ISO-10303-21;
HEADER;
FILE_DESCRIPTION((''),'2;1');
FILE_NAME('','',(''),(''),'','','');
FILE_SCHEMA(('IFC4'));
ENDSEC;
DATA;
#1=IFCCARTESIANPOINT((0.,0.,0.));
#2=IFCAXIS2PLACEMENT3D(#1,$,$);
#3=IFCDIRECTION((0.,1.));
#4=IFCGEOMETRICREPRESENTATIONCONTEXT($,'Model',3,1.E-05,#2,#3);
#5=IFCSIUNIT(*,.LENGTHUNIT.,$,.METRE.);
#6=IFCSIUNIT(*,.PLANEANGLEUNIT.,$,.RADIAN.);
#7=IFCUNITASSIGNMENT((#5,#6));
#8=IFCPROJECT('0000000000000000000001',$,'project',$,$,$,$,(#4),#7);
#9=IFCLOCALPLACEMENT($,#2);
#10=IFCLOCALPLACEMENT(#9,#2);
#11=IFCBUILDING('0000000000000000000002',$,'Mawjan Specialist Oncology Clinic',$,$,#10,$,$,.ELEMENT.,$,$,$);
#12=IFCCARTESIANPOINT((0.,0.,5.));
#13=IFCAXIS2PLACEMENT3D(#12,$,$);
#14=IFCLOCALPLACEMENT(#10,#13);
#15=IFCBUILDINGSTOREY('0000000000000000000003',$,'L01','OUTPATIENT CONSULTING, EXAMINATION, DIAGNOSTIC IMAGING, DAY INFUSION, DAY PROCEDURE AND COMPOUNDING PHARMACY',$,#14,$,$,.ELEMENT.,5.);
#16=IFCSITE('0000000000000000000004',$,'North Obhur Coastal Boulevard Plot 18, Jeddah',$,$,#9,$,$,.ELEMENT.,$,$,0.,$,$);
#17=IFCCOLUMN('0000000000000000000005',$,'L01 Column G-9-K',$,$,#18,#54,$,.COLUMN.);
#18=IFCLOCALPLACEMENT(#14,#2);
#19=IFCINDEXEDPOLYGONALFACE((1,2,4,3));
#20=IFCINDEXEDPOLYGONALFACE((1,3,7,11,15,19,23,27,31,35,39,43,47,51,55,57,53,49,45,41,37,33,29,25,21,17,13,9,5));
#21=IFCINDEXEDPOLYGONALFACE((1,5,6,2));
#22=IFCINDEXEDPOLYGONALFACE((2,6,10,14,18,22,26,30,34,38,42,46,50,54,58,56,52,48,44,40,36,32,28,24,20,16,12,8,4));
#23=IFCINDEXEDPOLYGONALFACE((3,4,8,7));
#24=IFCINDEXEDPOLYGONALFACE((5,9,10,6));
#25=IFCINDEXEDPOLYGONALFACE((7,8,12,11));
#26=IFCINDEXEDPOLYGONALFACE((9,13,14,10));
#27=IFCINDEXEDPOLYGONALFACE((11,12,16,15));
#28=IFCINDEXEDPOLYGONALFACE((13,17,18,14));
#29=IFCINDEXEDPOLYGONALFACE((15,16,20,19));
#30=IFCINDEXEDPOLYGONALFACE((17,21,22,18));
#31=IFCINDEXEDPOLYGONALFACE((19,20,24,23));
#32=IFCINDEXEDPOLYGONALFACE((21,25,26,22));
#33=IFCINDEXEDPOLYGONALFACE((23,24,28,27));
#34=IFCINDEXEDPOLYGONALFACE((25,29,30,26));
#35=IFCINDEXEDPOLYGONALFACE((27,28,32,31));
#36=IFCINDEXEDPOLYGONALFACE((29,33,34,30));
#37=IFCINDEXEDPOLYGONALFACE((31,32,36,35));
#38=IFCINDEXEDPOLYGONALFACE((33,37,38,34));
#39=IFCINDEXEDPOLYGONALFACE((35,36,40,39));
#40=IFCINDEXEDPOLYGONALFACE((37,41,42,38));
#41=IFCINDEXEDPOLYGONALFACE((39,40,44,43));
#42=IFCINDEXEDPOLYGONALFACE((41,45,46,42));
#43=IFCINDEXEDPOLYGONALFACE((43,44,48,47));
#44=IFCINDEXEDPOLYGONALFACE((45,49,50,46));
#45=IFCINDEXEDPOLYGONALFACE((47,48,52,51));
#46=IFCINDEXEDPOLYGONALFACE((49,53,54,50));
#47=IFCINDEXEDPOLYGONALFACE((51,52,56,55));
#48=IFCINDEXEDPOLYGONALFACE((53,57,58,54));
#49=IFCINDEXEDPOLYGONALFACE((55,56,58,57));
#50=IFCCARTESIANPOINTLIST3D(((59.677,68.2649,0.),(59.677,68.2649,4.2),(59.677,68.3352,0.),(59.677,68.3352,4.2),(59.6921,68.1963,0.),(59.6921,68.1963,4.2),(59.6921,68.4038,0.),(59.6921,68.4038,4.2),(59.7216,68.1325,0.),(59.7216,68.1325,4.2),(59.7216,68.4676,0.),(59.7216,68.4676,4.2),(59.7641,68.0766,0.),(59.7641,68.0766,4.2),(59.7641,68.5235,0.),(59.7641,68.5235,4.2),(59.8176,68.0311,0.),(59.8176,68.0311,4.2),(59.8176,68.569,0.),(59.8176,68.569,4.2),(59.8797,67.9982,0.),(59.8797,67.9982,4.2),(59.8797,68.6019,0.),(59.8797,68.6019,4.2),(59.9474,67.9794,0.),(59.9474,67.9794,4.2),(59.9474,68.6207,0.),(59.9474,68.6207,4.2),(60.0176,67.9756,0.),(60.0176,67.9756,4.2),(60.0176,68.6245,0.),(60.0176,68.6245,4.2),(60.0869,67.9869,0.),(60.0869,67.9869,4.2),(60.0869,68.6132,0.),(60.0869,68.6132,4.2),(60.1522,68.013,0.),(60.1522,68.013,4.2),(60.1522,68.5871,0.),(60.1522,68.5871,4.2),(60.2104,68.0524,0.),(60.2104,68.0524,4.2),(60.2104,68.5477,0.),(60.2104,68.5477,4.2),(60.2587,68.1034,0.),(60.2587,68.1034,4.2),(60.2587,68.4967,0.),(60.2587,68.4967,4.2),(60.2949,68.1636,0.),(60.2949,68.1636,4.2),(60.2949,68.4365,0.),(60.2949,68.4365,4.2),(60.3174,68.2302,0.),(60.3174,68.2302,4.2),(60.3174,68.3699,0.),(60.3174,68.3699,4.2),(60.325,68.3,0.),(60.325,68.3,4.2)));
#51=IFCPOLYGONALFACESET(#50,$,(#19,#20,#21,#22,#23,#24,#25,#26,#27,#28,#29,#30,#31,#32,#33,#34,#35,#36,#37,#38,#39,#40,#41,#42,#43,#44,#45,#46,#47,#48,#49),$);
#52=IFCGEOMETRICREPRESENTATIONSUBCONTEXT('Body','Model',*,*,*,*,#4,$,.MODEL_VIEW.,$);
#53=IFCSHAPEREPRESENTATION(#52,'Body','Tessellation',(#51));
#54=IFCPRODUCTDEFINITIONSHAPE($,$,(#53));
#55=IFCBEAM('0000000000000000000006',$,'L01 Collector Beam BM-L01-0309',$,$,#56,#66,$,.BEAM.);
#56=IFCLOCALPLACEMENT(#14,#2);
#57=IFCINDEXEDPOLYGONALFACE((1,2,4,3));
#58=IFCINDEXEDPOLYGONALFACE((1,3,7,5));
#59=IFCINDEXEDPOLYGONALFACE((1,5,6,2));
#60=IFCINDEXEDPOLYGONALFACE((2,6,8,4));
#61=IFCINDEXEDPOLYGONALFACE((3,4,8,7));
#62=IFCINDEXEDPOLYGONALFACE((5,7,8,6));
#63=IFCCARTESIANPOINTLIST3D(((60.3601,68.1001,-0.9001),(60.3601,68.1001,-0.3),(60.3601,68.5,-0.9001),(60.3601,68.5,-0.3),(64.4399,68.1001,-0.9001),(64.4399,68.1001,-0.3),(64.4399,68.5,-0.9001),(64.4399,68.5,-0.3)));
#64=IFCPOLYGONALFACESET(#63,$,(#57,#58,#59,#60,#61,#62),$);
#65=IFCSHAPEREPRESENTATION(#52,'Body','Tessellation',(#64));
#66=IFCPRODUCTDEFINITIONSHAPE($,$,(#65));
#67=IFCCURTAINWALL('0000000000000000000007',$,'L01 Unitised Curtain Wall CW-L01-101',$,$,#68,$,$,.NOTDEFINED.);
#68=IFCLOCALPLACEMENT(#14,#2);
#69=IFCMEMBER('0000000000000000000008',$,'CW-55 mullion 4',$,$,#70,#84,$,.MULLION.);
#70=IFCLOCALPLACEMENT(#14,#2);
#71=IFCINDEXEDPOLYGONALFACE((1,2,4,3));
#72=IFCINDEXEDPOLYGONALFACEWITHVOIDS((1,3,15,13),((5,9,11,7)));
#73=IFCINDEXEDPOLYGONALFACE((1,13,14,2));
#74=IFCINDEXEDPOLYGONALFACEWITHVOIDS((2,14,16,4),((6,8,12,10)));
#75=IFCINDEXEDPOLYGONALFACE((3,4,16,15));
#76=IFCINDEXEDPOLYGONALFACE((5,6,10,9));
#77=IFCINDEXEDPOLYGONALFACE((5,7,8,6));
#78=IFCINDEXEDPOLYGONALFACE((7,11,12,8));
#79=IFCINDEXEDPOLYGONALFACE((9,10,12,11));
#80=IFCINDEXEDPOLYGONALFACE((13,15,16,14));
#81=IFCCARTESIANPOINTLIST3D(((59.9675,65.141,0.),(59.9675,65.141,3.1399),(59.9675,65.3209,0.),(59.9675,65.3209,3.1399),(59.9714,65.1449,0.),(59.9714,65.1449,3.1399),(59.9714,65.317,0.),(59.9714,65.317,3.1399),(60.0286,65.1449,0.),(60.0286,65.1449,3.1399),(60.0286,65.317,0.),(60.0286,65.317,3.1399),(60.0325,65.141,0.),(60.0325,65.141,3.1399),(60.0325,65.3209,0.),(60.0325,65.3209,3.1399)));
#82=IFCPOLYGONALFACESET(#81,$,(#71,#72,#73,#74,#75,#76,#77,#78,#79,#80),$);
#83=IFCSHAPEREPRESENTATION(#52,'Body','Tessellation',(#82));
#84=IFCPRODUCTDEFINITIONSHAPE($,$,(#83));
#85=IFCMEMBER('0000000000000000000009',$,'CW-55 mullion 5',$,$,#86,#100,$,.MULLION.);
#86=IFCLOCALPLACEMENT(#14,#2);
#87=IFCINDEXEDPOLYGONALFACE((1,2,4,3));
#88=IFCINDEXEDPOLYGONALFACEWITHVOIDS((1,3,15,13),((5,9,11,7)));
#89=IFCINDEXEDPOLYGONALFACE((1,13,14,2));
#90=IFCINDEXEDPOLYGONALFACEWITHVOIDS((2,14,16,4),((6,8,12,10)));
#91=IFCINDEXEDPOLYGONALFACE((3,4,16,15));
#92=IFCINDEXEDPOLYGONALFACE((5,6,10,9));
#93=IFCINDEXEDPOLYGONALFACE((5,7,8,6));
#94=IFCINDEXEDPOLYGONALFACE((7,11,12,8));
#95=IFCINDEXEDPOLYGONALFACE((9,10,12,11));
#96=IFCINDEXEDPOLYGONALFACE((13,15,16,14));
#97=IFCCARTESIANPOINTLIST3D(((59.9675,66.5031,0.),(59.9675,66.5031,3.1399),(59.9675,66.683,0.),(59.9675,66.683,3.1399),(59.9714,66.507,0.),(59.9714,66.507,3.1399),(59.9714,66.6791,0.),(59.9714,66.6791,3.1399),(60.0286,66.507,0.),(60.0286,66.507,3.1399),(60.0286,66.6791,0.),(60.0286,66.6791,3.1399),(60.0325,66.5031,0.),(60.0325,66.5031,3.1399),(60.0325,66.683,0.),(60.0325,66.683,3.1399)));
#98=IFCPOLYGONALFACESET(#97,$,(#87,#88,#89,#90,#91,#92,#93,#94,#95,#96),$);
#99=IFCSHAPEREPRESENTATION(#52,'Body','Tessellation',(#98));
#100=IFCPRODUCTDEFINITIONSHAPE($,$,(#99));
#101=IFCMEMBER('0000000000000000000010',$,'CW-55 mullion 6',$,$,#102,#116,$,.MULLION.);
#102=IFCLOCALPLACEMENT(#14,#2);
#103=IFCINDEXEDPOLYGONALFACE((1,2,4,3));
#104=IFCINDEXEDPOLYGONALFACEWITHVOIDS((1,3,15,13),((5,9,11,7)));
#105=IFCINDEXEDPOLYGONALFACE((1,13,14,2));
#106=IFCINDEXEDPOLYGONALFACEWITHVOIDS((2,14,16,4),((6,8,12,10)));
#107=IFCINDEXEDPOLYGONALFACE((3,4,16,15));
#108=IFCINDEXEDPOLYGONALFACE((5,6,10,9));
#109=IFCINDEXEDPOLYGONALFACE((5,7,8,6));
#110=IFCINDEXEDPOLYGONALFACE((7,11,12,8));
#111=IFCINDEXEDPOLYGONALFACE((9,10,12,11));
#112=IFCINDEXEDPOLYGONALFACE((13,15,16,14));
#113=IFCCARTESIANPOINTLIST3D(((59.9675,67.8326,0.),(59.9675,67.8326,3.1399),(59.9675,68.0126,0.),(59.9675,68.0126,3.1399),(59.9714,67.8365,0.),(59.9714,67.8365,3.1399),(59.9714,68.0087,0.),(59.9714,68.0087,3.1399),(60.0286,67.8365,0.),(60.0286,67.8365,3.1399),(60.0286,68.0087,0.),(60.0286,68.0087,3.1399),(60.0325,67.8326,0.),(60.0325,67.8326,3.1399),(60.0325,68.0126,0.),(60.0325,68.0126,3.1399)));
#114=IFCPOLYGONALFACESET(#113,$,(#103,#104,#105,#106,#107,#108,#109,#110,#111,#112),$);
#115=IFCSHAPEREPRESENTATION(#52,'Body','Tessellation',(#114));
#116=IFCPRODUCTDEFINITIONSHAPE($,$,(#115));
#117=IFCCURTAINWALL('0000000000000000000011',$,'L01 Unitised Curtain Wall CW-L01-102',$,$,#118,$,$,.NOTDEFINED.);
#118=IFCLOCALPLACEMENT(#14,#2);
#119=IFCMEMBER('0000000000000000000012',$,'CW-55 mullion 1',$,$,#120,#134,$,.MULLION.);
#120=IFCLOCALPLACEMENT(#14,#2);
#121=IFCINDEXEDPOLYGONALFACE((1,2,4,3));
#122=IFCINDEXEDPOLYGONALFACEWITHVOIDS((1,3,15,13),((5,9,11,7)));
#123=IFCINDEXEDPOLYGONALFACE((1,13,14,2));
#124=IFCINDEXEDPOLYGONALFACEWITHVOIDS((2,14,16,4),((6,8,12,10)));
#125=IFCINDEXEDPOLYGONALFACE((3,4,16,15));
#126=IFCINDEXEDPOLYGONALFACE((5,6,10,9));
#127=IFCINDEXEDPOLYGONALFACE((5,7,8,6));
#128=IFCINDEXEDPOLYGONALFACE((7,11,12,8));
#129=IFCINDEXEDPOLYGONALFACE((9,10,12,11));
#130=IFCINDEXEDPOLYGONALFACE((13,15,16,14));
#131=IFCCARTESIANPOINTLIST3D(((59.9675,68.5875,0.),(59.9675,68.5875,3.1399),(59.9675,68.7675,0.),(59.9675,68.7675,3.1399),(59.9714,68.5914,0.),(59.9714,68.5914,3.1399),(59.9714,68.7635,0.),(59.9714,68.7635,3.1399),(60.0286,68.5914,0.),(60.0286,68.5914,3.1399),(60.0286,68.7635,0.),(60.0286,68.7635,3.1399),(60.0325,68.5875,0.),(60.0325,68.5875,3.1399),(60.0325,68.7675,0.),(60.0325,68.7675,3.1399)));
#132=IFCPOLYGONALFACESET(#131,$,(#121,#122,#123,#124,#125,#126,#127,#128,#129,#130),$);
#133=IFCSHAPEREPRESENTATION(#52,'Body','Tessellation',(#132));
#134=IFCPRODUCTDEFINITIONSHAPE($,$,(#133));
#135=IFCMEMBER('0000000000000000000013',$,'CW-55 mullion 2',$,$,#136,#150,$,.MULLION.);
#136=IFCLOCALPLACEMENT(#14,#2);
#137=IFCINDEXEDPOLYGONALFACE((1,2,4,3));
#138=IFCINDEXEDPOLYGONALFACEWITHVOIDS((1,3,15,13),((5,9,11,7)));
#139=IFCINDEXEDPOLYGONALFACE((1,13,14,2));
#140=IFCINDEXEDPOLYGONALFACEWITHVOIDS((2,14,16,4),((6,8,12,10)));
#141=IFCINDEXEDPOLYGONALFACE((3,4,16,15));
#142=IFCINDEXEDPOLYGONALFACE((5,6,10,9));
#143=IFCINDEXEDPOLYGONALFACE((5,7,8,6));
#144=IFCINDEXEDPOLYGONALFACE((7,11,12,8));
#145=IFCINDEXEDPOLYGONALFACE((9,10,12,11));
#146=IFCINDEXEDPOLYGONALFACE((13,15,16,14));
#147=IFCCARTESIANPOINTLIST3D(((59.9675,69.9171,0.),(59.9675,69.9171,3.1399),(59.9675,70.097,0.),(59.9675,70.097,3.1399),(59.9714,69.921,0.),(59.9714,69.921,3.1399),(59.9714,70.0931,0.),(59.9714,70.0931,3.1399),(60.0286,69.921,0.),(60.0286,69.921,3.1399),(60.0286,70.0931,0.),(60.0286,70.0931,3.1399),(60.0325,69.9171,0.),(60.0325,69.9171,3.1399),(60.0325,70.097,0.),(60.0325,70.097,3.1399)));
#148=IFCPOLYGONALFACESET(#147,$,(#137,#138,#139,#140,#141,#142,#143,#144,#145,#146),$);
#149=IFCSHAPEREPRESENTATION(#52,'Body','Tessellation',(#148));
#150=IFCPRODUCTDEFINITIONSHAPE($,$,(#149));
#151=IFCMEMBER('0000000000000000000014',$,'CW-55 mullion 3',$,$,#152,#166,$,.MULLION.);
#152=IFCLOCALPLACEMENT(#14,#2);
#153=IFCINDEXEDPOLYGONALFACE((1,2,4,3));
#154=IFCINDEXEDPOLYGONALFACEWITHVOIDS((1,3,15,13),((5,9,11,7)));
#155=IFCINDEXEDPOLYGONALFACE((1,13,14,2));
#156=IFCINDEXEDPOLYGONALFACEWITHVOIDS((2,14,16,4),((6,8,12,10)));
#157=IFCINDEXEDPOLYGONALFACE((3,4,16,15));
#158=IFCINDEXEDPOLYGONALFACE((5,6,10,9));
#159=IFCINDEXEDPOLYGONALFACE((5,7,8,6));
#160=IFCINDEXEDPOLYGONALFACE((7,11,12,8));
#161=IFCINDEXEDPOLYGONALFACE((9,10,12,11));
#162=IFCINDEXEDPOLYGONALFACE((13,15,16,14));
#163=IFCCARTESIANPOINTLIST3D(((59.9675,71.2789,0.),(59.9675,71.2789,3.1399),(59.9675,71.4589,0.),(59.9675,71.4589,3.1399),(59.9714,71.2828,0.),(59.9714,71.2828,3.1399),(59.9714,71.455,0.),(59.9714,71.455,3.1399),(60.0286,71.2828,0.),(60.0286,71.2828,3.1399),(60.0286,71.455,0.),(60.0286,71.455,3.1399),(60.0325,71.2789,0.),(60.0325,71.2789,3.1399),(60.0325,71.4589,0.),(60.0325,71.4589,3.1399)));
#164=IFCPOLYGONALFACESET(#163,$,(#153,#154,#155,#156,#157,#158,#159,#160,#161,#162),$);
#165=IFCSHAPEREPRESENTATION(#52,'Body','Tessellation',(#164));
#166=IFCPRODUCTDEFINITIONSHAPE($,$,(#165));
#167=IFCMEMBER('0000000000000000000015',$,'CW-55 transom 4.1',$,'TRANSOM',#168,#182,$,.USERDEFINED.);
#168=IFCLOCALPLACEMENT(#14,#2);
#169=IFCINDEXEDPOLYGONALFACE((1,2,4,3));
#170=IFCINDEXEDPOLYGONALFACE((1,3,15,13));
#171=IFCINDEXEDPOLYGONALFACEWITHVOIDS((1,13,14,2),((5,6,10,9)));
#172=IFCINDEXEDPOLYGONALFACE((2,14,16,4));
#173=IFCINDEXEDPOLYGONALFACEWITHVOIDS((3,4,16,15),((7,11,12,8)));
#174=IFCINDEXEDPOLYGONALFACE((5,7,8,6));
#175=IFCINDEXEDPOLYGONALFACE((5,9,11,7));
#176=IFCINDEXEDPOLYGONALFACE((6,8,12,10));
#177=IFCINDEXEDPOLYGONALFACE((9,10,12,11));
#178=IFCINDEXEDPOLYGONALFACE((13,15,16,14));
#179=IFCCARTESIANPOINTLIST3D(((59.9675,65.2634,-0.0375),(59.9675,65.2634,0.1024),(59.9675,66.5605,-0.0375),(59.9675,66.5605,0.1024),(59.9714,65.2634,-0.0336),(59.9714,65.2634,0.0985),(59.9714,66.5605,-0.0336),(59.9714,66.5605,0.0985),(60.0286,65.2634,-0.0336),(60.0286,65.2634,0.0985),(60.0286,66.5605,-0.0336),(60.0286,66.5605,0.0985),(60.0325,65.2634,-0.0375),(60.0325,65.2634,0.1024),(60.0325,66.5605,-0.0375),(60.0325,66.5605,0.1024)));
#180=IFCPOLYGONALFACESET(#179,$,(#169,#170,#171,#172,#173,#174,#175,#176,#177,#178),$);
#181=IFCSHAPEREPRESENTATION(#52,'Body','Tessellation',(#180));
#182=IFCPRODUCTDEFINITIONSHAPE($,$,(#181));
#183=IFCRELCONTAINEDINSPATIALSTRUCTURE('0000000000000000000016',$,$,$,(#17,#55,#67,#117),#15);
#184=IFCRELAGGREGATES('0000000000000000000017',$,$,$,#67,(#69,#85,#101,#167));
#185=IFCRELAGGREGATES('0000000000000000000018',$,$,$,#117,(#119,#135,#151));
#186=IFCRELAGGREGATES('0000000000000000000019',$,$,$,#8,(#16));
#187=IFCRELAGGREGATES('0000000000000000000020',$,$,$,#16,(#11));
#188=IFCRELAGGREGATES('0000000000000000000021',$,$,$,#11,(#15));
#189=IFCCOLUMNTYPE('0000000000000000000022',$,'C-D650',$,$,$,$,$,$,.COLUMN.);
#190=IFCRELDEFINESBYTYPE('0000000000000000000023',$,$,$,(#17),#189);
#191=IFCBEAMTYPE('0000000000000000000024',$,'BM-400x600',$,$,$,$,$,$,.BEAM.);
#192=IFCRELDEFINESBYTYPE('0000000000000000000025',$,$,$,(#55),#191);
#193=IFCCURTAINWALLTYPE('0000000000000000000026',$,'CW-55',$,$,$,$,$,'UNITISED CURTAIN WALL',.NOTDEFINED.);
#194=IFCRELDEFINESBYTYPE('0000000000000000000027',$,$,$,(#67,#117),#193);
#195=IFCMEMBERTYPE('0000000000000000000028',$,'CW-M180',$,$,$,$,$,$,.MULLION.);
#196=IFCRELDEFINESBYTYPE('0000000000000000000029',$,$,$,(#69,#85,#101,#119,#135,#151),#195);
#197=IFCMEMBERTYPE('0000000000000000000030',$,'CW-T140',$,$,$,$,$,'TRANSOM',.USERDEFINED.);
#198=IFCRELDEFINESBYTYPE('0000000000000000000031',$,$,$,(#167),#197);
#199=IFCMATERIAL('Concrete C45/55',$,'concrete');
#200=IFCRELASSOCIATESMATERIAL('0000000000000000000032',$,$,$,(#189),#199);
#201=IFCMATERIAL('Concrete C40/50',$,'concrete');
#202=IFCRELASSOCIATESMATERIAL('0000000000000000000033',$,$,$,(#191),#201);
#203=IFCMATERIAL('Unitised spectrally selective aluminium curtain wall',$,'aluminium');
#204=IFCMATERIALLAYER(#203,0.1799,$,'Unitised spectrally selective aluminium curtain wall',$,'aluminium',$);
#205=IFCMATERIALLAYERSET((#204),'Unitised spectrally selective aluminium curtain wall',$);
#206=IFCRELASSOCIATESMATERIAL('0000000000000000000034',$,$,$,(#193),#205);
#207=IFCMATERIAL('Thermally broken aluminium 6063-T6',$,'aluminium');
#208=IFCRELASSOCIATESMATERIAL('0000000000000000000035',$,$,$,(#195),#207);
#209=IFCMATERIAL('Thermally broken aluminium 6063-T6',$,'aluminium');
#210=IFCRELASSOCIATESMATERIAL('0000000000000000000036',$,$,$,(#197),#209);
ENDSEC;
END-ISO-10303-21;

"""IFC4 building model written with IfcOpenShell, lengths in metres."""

from ifc_helpers import new_model, si_unit, direction, frame, origin, origin_2d, place, context, subcontext, project, spatial, rectangle, hollow_rectangle, circle, extrude, material, layer, layer_set, material_profile, profile_set, type_object, element, aggregate, save


model = new_model("IFC4")

# Units and contexts
model_context = context("Model", 3, precision=1e-05, world=origin(), true_north=direction((0.0, 1.0)))
body_context = subcontext(model_context, "Body", "Model", "MODEL_VIEW")
ifc_project = project(units=[si_unit("LENGTHUNIT", "METRE"), si_unit("PLANEANGLEUNIT", "RADIAN")], contexts=[model_context])

# Site, building, storey
site_placement = place(None, origin())
site = spatial("IfcSite", under=ifc_project, at=site_placement, Name="North Obhur Coastal Boulevard Plot 18, Jeddah", CompositionType="ELEMENT", RefElevation=0.0)
building_placement = place(site_placement, origin())
building = spatial("IfcBuilding", under=site, at=building_placement, Name="Mawjan Specialist Oncology Clinic", CompositionType="ELEMENT")
storey_placement = place(building_placement, frame((0.0, 0.0, 5.0)))
storey = spatial("IfcBuildingStorey", under=building, at=storey_placement, Name="L01", Description="OUTPATIENT CONSULTING, EXAMINATION, DIAGNOSTIC IMAGING, DAY INFUSION, DAY PROCEDURE AND COMPOUNDING PHARMACY", CompositionType="ELEMENT", Elevation=5.0)

# Column
ifc_material_1 = material(Name="Concrete C45/55", Category="concrete")
ifc_material_profile_1 = material_profile(ifc_material_1, circle(Radius=0.325, at=origin_2d()), Name="RC COL D650", Category="concrete")
ifc_profile_set_1 = profile_set([ifc_material_profile_1], Name="Concrete C45/55")
column_type = type_object("IfcColumnType", Name="C-D650", PredefinedType="COLUMN", material=ifc_profile_set_1)
column_placement = place(storey_placement, frame((60.0, 68.3, 0.0), z_axis=(0.0, 0.0, 1.0), x_axis=(1.0, 0.0, 0.0)))
element("IfcColumn", 1, at=column_placement, inside=storey, type_object=column_type, Name="L01 Column G-9-K", PredefinedType="COLUMN", context=body_context, shape_type="SweptSolid", body=[
    extrude(circle(Radius=0.325, at=origin_2d()), origin(), (0.0, 0.0, 1.0), 4.2),
])

# Beam
ifc_material_2 = material(Name="Concrete C40/50", Category="concrete")
ifc_material_profile_2 = material_profile(ifc_material_2, rectangle(XDim=0.3999, YDim=0.6001, at=origin_2d()), Name="RC BM 400x600", Category="concrete")
ifc_profile_set_2 = profile_set([ifc_material_profile_2], Name="Concrete C40/50")
beam_type_1 = type_object("IfcBeamType", Name="BM-400x600", PredefinedType="BEAM", material=ifc_profile_set_2)
beam_1_placement = place(storey_placement, frame((60.3601, 68.3, -0.6001), z_axis=(1.0, 0.0, 0.0), x_axis=(0.0, 1.0, 0.0)))
element("IfcBeam", 2, at=beam_1_placement, inside=storey, type_object=beam_type_1, Name="L01 Collector Beam BM-L01-0309", PredefinedType="BEAM", context=body_context, shape_type="SweptSolid", body=[
    extrude(rectangle(XDim=0.3999, YDim=0.6001, at=origin_2d()), origin(), (0.0, 0.0, 1.0), 4.0798),
])

# Curtain walls, members
ifc_material_3 = material(Name="Unitised spectrally selective aluminium curtain wall", Category="aluminium")
ifc_layer_1 = layer(ifc_material_3, 0.1799, Name="Unitised spectrally selective aluminium curtain wall", Category="aluminium")
ifc_layer_set_1 = layer_set([ifc_layer_1], Name="Unitised spectrally selective aluminium curtain wall")
curtain_wall_type = type_object("IfcCurtainWallType", Name="CW-55", ElementType="UNITISED CURTAIN WALL", PredefinedType="NOTDEFINED", material=ifc_layer_set_1)
curtain_wall_1_placement = place(storey_placement, origin())
curtain_wall_1 = element("IfcCurtainWall", 3, at=curtain_wall_1_placement, inside=storey, type_object=curtain_wall_type, Name="L01 Unitised Curtain Wall CW-L01-101", PredefinedType="NOTDEFINED")
ifc_material_4 = material(Name="Thermally broken aluminium 6063-T6", Category="aluminium")
ifc_material_profile_3 = material_profile(ifc_material_4, hollow_rectangle(XDim=0.0649, YDim=0.1799, WallThickness=0.0039, at=origin_2d()), Name="ALU MULLION 180x65x4", Category="aluminium")
ifc_profile_set_3 = profile_set([ifc_material_profile_3], Name="Thermally broken aluminium 6063-T6")
member_type_1 = type_object("IfcMemberType", Name="CW-M180", PredefinedType="MULLION", material=ifc_profile_set_3)
member_1_placement = place(storey_placement, frame((60.0, 65.231, 0.0), z_axis=(0.0, 0.0, 1.0), x_axis=(-1.0, 0.0, 0.0)))
member_1 = element("IfcMember", 4, at=member_1_placement, type_object=member_type_1, Name="CW-55 mullion 4", PredefinedType="MULLION", context=body_context, shape_type="SweptSolid", body=[
    extrude(hollow_rectangle(XDim=0.0649, YDim=0.1799, WallThickness=0.0039, at=origin_2d()), origin(), (0.0, 0.0, 1.0), 3.1399),
])
member_2_placement = place(storey_placement, frame((60.0, 66.593, 0.0), z_axis=(0.0, 0.0, 1.0), x_axis=(-1.0, 0.0, 0.0)))
member_2 = element("IfcMember", 5, at=member_2_placement, type_object=member_type_1, Name="CW-55 mullion 5", PredefinedType="MULLION", context=body_context, shape_type="SweptSolid", body=[
    extrude(hollow_rectangle(XDim=0.0649, YDim=0.1799, WallThickness=0.0039, at=origin_2d()), origin(), (0.0, 0.0, 1.0), 3.1399),
])
member_3_placement = place(storey_placement, frame((60.0, 67.9226, 0.0), z_axis=(0.0, 0.0, 1.0), x_axis=(-1.0, 0.0, 0.0)))
member_3 = element("IfcMember", 6, at=member_3_placement, type_object=member_type_1, Name="CW-55 mullion 6", PredefinedType="MULLION", context=body_context, shape_type="SweptSolid", body=[
    extrude(hollow_rectangle(XDim=0.0649, YDim=0.1799, WallThickness=0.0039, at=origin_2d()), origin(), (0.0, 0.0, 1.0), 3.1399),
])
curtain_wall_2_placement = place(storey_placement, origin())
curtain_wall_2 = element("IfcCurtainWall", 7, at=curtain_wall_2_placement, inside=storey, type_object=curtain_wall_type, Name="L01 Unitised Curtain Wall CW-L01-102", PredefinedType="NOTDEFINED")
member_4_placement = place(storey_placement, frame((60.0, 68.6775, 0.0), z_axis=(0.0, 0.0, 1.0), x_axis=(-1.0, 0.0, 0.0)))
member_4 = element("IfcMember", 8, at=member_4_placement, type_object=member_type_1, Name="CW-55 mullion 1", PredefinedType="MULLION", context=body_context, shape_type="SweptSolid", body=[
    extrude(hollow_rectangle(XDim=0.0649, YDim=0.1799, WallThickness=0.0039, at=origin_2d()), origin(), (0.0, 0.0, 1.0), 3.1399),
])
member_5_placement = place(storey_placement, frame((60.0, 70.0071, 0.0), z_axis=(0.0, 0.0, 1.0), x_axis=(-1.0, 0.0, 0.0)))
member_5 = element("IfcMember", 9, at=member_5_placement, type_object=member_type_1, Name="CW-55 mullion 2", PredefinedType="MULLION", context=body_context, shape_type="SweptSolid", body=[
    extrude(hollow_rectangle(XDim=0.0649, YDim=0.1799, WallThickness=0.0039, at=origin_2d()), origin(), (0.0, 0.0, 1.0), 3.1399),
])
member_6_placement = place(storey_placement, frame((60.0, 71.3689, 0.0), z_axis=(0.0, 0.0, 1.0), x_axis=(-1.0, 0.0, 0.0)))
member_6 = element("IfcMember", 10, at=member_6_placement, type_object=member_type_1, Name="CW-55 mullion 3", PredefinedType="MULLION", context=body_context, shape_type="SweptSolid", body=[
    extrude(hollow_rectangle(XDim=0.0649, YDim=0.1799, WallThickness=0.0039, at=origin_2d()), origin(), (0.0, 0.0, 1.0), 3.1399),
])

# Member
ifc_material_5 = material(Name="Thermally broken aluminium 6063-T6", Category="aluminium")
ifc_material_profile_4 = material_profile(ifc_material_5, hollow_rectangle(XDim=0.0649, YDim=0.1399, WallThickness=0.0039, at=origin_2d()), Name="ALU TRANSOM 140x65x4", Category="aluminium")
ifc_profile_set_4 = profile_set([ifc_material_profile_4], Name="Thermally broken aluminium 6063-T6")
member_type_2 = type_object("IfcMemberType", Name="CW-T140", ElementType="TRANSOM", PredefinedType="USERDEFINED", material=ifc_profile_set_4)
member_7_placement = place(storey_placement, frame((60.0, 65.2634, 0.0325), z_axis=(0.0, 1.0, 0.0), x_axis=(-1.0, 0.0, 0.0)))
member_7 = element("IfcMember", 11, at=member_7_placement, type_object=member_type_2, Name="CW-55 transom 4.1", ObjectType="TRANSOM", PredefinedType="USERDEFINED", context=body_context, shape_type="SweptSolid", body=[
    extrude(hollow_rectangle(XDim=0.0649, YDim=0.1399, WallThickness=0.0039, at=origin_2d()), origin(), (0.0, 0.0, 1.0), 1.2971),
])

aggregate(curtain_wall_1, [member_1, member_2, member_3, member_7])
aggregate(curtain_wall_2, [member_4, member_5, member_6])

save(model, "model.ifc")
